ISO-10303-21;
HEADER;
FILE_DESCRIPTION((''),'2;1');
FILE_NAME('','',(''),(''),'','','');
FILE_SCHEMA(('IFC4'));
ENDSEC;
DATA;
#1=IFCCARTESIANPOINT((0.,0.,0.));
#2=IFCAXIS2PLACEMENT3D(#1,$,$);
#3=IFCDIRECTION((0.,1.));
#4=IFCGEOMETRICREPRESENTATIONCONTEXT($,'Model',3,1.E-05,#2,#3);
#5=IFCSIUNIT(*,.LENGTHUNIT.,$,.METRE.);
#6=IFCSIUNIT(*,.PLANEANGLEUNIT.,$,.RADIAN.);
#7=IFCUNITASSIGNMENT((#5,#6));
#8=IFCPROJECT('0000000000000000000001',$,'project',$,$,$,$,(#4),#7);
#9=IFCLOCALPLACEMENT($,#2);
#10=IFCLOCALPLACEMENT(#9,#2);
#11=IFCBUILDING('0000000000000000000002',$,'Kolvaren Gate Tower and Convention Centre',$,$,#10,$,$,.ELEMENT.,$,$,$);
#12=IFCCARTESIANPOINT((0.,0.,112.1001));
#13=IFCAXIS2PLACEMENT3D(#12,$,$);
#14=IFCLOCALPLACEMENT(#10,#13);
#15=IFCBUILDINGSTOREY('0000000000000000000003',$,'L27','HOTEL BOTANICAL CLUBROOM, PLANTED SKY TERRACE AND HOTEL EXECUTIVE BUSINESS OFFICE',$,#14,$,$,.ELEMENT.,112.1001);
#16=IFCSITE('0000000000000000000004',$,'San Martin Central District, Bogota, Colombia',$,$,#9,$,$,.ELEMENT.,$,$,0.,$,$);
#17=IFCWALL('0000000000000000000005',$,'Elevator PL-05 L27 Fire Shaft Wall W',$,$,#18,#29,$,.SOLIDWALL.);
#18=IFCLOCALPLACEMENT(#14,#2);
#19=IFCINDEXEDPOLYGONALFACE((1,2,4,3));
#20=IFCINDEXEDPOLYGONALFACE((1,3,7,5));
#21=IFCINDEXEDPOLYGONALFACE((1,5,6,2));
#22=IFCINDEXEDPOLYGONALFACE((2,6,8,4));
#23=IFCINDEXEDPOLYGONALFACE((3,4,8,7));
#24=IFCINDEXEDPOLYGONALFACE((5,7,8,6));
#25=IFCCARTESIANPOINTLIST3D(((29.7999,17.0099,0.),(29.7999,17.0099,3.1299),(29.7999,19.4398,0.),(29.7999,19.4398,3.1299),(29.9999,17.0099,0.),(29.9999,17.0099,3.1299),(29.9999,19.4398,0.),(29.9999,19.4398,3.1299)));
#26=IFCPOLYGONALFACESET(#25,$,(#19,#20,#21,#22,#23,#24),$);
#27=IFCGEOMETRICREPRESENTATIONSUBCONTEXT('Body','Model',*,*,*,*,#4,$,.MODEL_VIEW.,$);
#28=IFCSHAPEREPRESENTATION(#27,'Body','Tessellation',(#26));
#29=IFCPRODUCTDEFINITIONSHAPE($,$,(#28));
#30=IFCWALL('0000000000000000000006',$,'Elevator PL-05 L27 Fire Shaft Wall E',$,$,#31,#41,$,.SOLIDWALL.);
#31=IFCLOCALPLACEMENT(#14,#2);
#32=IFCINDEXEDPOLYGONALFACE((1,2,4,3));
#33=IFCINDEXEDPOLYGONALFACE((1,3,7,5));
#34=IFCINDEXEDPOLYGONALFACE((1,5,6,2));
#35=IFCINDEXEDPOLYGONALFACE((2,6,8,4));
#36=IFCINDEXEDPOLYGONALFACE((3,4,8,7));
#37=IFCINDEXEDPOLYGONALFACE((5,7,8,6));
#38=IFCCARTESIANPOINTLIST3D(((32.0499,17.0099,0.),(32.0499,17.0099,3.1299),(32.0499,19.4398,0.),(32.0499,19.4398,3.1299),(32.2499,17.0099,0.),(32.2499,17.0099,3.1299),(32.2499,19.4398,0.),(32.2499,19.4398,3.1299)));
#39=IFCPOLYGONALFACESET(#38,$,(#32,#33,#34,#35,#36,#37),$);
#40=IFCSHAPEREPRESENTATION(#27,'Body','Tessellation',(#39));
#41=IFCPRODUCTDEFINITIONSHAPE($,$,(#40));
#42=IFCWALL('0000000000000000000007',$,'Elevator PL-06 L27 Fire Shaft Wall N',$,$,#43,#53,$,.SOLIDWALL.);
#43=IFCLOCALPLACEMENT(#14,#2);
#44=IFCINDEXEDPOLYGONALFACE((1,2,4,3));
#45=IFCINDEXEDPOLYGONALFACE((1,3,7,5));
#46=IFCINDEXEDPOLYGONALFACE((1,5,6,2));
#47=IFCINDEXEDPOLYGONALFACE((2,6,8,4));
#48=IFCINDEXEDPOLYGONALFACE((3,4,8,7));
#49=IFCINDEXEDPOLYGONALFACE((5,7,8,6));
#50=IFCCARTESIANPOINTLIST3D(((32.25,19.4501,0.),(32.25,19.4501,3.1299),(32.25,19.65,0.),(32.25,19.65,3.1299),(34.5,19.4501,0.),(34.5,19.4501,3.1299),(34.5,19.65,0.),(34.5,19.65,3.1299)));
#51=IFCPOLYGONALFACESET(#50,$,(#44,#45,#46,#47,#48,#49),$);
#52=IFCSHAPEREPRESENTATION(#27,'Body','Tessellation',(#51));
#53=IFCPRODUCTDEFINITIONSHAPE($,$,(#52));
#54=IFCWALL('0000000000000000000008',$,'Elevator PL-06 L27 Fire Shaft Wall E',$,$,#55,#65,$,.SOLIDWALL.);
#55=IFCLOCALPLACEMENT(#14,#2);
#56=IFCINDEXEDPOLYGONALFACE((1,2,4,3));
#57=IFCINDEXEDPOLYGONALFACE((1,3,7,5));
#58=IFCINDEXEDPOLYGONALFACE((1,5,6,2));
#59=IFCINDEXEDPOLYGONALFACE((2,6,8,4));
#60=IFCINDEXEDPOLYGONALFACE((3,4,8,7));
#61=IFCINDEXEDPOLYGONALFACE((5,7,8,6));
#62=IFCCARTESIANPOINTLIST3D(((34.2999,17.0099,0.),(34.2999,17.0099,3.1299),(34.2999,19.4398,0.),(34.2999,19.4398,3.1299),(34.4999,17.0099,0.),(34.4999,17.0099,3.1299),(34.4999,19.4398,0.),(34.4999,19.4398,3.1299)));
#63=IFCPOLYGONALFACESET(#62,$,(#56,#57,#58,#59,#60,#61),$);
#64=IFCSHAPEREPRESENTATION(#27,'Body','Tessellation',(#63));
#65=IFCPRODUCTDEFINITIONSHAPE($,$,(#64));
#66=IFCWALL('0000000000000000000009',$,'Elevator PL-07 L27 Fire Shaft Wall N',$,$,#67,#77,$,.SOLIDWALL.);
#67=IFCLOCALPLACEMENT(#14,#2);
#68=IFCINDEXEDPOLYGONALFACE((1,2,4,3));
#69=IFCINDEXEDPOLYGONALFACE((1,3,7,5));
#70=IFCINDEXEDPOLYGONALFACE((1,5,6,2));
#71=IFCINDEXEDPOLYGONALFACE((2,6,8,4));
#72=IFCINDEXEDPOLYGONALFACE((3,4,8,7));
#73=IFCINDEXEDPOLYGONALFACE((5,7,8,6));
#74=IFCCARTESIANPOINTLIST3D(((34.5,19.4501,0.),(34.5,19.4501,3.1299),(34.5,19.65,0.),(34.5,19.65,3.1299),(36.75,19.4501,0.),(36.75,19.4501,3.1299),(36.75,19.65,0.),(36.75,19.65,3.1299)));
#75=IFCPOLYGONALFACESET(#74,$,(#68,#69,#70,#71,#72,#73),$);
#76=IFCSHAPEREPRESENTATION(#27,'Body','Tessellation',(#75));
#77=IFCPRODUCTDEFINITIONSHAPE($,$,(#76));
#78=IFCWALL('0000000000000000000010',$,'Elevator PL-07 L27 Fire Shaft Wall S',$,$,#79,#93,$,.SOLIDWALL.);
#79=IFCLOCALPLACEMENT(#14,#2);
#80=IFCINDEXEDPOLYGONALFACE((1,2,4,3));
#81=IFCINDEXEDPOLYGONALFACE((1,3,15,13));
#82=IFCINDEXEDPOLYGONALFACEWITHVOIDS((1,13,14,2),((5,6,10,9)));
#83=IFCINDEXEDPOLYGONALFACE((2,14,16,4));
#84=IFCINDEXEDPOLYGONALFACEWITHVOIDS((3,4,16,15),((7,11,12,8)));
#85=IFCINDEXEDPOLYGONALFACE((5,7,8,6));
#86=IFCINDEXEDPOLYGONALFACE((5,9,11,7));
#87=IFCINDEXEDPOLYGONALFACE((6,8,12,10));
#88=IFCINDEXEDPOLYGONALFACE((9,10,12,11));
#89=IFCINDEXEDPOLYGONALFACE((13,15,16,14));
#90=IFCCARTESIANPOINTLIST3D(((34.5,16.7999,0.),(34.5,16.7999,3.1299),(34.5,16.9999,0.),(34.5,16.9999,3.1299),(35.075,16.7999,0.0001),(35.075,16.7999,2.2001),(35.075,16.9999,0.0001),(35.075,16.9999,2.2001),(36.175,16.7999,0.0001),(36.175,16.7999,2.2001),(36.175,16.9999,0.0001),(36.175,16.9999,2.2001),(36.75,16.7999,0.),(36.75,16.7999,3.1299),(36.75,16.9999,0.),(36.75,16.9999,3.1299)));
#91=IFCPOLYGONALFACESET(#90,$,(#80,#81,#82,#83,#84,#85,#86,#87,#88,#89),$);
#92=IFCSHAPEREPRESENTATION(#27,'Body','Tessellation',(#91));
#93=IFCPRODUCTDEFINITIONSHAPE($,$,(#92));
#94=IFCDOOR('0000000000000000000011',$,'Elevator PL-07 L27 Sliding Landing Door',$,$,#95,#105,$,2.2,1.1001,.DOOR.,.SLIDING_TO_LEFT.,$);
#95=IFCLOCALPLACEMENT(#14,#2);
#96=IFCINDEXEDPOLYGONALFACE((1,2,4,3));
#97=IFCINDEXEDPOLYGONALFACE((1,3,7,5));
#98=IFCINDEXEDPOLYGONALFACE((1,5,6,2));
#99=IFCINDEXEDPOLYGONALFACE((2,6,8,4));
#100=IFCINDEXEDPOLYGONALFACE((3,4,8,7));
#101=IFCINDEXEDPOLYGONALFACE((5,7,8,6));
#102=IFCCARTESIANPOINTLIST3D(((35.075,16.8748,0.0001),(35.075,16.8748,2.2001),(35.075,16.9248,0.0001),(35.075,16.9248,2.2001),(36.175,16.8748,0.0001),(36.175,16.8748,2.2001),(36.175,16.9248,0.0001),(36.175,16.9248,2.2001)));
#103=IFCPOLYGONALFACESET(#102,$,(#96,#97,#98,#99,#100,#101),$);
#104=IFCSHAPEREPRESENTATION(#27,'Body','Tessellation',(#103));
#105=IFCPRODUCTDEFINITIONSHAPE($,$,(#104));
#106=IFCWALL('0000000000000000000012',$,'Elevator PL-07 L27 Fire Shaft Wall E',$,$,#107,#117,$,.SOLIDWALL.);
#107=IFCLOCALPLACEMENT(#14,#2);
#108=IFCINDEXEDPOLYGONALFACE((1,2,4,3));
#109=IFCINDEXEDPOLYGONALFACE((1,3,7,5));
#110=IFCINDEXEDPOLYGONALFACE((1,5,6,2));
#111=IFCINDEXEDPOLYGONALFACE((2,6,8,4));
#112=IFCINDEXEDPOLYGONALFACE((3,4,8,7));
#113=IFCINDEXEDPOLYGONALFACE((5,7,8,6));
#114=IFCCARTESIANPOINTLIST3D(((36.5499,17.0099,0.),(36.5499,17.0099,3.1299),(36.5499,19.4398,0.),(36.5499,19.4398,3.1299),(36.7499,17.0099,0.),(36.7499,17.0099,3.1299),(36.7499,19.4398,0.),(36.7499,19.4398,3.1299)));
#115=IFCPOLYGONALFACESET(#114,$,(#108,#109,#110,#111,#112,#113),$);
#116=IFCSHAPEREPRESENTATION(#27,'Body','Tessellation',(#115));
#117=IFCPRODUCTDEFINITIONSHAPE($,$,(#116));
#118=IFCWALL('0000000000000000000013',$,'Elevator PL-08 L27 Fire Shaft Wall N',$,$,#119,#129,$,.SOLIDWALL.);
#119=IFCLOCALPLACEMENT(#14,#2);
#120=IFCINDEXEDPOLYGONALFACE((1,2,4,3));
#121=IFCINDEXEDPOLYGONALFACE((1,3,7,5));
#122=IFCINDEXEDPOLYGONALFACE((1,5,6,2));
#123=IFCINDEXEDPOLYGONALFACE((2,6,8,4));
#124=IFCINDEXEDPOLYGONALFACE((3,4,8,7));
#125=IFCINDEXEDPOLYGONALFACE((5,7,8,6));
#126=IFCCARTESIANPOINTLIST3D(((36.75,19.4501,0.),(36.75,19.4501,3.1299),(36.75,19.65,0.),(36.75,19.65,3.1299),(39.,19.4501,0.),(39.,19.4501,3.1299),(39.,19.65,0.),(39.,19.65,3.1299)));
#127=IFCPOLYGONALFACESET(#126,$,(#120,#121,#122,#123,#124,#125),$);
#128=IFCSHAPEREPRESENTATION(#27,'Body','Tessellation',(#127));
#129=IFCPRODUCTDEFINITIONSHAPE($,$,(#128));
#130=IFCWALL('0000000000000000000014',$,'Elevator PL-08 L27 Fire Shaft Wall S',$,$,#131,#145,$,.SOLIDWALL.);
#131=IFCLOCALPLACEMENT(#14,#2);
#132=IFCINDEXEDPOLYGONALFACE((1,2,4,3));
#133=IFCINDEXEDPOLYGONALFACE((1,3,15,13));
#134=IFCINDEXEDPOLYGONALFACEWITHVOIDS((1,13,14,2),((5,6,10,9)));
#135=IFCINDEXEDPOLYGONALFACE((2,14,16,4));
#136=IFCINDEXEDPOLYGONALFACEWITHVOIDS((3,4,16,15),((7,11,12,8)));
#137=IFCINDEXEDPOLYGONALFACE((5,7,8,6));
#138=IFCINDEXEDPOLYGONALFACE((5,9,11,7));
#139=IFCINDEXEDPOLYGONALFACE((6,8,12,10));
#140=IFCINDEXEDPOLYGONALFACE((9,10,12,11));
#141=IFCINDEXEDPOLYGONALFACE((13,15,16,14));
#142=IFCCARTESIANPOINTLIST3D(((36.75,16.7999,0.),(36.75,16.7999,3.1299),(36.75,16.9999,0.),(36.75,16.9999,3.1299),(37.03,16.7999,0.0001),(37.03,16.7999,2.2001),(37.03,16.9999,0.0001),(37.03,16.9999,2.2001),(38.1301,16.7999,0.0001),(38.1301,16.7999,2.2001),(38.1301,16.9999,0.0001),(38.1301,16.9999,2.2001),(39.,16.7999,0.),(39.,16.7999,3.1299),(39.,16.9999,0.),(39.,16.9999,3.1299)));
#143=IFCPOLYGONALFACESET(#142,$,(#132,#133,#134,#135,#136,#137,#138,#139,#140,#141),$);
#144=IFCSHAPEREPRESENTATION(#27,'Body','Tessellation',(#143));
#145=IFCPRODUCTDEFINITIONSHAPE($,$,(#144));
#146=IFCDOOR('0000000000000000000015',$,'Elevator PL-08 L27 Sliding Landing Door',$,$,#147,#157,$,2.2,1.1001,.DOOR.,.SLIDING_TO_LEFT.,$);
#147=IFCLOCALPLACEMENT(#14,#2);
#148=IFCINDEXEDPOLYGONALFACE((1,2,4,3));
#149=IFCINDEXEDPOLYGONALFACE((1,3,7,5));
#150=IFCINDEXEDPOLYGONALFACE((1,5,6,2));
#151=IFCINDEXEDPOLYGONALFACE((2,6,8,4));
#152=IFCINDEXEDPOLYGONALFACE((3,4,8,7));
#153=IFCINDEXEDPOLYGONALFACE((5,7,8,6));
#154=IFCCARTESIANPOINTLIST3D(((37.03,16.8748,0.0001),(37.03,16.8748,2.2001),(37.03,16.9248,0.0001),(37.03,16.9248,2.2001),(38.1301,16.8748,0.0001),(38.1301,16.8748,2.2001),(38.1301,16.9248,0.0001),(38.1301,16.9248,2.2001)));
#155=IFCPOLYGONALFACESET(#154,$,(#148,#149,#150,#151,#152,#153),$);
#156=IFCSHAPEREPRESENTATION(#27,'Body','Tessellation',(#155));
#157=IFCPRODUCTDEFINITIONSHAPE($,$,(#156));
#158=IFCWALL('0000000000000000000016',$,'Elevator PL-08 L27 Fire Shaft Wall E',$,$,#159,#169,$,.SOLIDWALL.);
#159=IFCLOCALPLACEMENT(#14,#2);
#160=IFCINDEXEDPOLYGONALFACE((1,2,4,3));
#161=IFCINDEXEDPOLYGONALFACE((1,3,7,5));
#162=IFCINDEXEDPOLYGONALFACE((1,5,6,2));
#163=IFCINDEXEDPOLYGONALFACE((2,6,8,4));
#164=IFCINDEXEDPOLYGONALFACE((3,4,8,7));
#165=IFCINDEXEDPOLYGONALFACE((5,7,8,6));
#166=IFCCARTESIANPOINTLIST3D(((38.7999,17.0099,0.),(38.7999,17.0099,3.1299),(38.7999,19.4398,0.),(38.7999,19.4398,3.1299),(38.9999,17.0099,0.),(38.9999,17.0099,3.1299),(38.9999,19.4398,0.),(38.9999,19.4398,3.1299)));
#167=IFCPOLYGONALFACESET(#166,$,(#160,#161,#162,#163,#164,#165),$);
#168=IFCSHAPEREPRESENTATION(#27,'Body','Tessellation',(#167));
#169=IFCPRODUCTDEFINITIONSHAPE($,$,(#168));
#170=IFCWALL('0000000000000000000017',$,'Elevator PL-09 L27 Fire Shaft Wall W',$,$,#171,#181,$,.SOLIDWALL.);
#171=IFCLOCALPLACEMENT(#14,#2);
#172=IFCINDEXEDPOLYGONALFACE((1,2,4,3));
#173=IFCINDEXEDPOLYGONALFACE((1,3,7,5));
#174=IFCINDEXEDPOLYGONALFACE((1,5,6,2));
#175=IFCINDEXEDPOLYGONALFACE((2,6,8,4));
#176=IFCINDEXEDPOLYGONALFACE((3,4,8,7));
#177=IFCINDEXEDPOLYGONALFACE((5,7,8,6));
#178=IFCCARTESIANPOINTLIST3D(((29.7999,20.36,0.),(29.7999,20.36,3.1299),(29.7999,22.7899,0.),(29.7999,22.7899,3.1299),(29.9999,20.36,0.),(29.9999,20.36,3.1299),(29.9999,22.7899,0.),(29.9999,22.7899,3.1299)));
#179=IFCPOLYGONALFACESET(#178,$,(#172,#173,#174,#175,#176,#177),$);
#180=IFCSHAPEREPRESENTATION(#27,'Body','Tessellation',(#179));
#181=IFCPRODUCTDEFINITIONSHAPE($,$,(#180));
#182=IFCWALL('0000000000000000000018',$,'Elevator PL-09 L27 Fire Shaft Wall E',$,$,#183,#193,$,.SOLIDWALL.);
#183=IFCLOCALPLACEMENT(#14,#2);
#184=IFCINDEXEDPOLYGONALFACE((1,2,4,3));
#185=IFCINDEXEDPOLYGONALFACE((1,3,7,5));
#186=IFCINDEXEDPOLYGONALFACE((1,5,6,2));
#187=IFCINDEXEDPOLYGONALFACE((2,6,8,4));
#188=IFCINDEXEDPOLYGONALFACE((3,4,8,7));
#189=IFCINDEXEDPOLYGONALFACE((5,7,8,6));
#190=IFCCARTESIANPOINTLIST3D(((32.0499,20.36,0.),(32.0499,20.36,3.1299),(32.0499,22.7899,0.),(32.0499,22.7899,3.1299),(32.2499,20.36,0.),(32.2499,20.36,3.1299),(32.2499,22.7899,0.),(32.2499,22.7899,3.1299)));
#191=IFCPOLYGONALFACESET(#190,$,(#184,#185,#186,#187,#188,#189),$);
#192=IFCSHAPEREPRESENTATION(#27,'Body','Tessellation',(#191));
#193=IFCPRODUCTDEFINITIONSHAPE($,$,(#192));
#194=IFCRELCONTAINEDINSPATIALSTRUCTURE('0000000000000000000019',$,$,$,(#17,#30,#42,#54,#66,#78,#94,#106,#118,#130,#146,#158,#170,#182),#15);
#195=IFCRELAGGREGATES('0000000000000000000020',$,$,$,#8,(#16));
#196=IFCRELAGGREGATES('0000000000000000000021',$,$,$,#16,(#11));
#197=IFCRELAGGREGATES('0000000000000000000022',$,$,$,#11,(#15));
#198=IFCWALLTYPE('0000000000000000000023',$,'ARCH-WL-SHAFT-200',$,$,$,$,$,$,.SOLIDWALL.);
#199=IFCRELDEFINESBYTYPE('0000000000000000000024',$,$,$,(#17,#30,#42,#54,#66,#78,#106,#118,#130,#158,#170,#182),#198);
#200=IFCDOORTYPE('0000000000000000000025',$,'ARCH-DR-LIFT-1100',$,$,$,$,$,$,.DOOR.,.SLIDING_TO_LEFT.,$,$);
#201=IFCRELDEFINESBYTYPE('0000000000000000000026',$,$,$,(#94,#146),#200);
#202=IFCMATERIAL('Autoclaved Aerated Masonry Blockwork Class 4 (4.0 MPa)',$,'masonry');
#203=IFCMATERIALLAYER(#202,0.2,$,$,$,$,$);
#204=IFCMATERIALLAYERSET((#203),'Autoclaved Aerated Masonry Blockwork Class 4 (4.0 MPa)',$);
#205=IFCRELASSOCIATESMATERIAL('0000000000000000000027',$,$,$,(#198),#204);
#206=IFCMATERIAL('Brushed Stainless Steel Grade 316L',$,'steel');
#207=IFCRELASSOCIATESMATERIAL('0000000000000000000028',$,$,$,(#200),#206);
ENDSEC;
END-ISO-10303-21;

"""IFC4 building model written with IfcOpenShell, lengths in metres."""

from ifc_helpers import new_model, si_unit, direction, frame, frame_2d, origin, place, context, subcontext, project, spatial, rectangle, extrude, material, layer, layer_set, type_object, element, fill, save


model = new_model("IFC4")

# Units and contexts
model_context = context("Model", 3, precision=1e-05, world=origin(), true_north=direction((0.0, 1.0)))
body_context = subcontext(model_context, "Body", "Model", "MODEL_VIEW")
ifc_project = project(units=[si_unit("LENGTHUNIT", "METRE"), si_unit("PLANEANGLEUNIT", "RADIAN")], contexts=[model_context])

# Site, building, storey
site_placement = place(None, origin())
site = spatial("IfcSite", under=ifc_project, at=site_placement, Name="San Martin Central District, Bogota, Colombia", CompositionType="ELEMENT", RefElevation=0.0)
building_placement = place(site_placement, origin())
building = spatial("IfcBuilding", under=site, at=building_placement, Name="Kolvaren Gate Tower and Convention Centre", CompositionType="ELEMENT")
storey_placement = place(building_placement, frame((0.0, 0.0, 112.1001)))
storey = spatial("IfcBuildingStorey", under=building, at=storey_placement, Name="L27", Description="HOTEL BOTANICAL CLUBROOM, PLANTED SKY TERRACE AND HOTEL EXECUTIVE BUSINESS OFFICE", CompositionType="ELEMENT", Elevation=112.1001)

# Walls
ifc_material_1 = material(Name="Autoclaved Aerated Masonry Blockwork Class 4 (4.0 MPa)", Category="masonry")
ifc_layer = layer(ifc_material_1, 0.2)
ifc_layer_set = layer_set([ifc_layer], Name="Autoclaved Aerated Masonry Blockwork Class 4 (4.0 MPa)")
wall_type = type_object("IfcWallType", Name="ARCH-WL-SHAFT-200", PredefinedType="SOLIDWALL", material=ifc_layer_set)
for number, where, z_axis, x_axis, name in (
    (1, (29.8999, 17.01, 0.0), (0.0, 0.0, 1.0), (0.0, 1.0, 0.0), "Elevator PL-05 L27 Fire Shaft Wall W"),
    (2, (32.1499, 17.01, 0.0), (0.0, 0.0, 1.0), (0.0, 1.0, 0.0), "Elevator PL-05 L27 Fire Shaft Wall E"),
):
    element("IfcWall", number, at=place(storey_placement, frame(where, z_axis=z_axis, x_axis=x_axis)), inside=storey, type_object=wall_type, Name=name, PredefinedType="SOLIDWALL", context=body_context, shape_type="SweptSolid", body=[
        extrude(rectangle(XDim=2.4299, YDim=0.2, at=frame_2d((1.2148, 0.0))), origin(), (0.0, 0.0, 1.0), 3.1299),
    ])
wall_1_placement = place(storey_placement, frame((32.25, 19.55, 0.0), z_axis=(0.0, 0.0, 1.0), x_axis=(1.0, 0.0, 0.0)))
element("IfcWall", 3, at=wall_1_placement, inside=storey, type_object=wall_type, Name="Elevator PL-06 L27 Fire Shaft Wall N", PredefinedType="SOLIDWALL", context=body_context, shape_type="SweptSolid", body=[
    extrude(rectangle(XDim=2.25, YDim=0.2, at=frame_2d((1.125, 0.0))), origin(), (0.0, 0.0, 1.0), 3.1299),
])
wall_2_placement = place(storey_placement, frame((34.3999, 17.01, 0.0), z_axis=(0.0, 0.0, 1.0), x_axis=(0.0, 1.0, 0.0)))
element("IfcWall", 4, at=wall_2_placement, inside=storey, type_object=wall_type, Name="Elevator PL-06 L27 Fire Shaft Wall E", PredefinedType="SOLIDWALL", context=body_context, shape_type="SweptSolid", body=[
    extrude(rectangle(XDim=2.4299, YDim=0.2, at=frame_2d((1.2148, 0.0))), origin(), (0.0, 0.0, 1.0), 3.1299),
])
wall_3_placement = place(storey_placement, frame((34.5, 19.55, 0.0), z_axis=(0.0, 0.0, 1.0), x_axis=(1.0, 0.0, 0.0)))
element("IfcWall", 5, at=wall_3_placement, inside=storey, type_object=wall_type, Name="Elevator PL-07 L27 Fire Shaft Wall N", PredefinedType="SOLIDWALL", context=body_context, shape_type="SweptSolid", body=[
    extrude(rectangle(XDim=2.25, YDim=0.2, at=frame_2d((1.125, 0.0))), origin(), (0.0, 0.0, 1.0), 3.1299),
])

# Wall, opening, door
wall_4_placement = place(storey_placement, frame((34.5, 16.8999, 0.0), z_axis=(0.0, 0.0, 1.0), x_axis=(1.0, 0.0, 0.0)))
wall_4 = element("IfcWall", 6, at=wall_4_placement, inside=storey, type_object=wall_type, Name="Elevator PL-07 L27 Fire Shaft Wall S", PredefinedType="SOLIDWALL", context=body_context, shape_type="SweptSolid", body=[
    extrude(rectangle(XDim=2.25, YDim=0.2, at=frame_2d((1.125, 0.0))), origin(), (0.0, 0.0, 1.0), 3.1299),
])
opening_1_placement = place(wall_4_placement, frame((0.575, 0.0, 0.0)))
opening_1 = element("IfcOpeningElement", 7, at=opening_1_placement, cuts=wall_4, PredefinedType="OPENING", context=body_context, shape_type="SweptSolid", body=[
    extrude(rectangle(XDim=1.1001, YDim=2.2, at=frame_2d((0.55, 1.1001))), frame((0.0, 0.1099, 0.0), z_axis=(0.0, -1.0, 0.0), x_axis=(1.0, 0.0, 0.0)), (0.0, 0.0, 1.0), 0.22),
])
ifc_material_2 = material(Name="Brushed Stainless Steel Grade 316L", Category="steel")
door_type = type_object("IfcDoorType", Name="ARCH-DR-LIFT-1100", OperationType="SLIDING_TO_LEFT", PredefinedType="DOOR", material=ifc_material_2)
door_1_placement = place(opening_1_placement, origin())
door_1 = element("IfcDoor", 8, at=door_1_placement, inside=storey, type_object=door_type, Name="Elevator PL-07 L27 Sliding Landing Door", OperationType="SLIDING_TO_LEFT", OverallHeight=2.2, OverallWidth=1.1001, PredefinedType="DOOR", context=body_context, shape_type="SweptSolid", body=[
    extrude(rectangle(XDim=1.1001, YDim=2.2, at=frame_2d((0.55, 1.1001))), frame((0.0, 0.0249, 0.0), z_axis=(0.0, -1.0, 0.0), x_axis=(1.0, 0.0, 0.0)), (0.0, 0.0, 1.0), 0.05),
])
fill(opening_1, door_1)

# Walls
wall_5_placement = place(storey_placement, frame((36.6499, 17.01, 0.0), z_axis=(0.0, 0.0, 1.0), x_axis=(0.0, 1.0, 0.0)))
element("IfcWall", 9, at=wall_5_placement, inside=storey, type_object=wall_type, Name="Elevator PL-07 L27 Fire Shaft Wall E", PredefinedType="SOLIDWALL", context=body_context, shape_type="SweptSolid", body=[
    extrude(rectangle(XDim=2.4299, YDim=0.2, at=frame_2d((1.2148, 0.0))), origin(), (0.0, 0.0, 1.0), 3.1299),
])
wall_6_placement = place(storey_placement, frame((36.75, 19.55, 0.0), z_axis=(0.0, 0.0, 1.0), x_axis=(1.0, 0.0, 0.0)))
element("IfcWall", 10, at=wall_6_placement, inside=storey, type_object=wall_type, Name="Elevator PL-08 L27 Fire Shaft Wall N", PredefinedType="SOLIDWALL", context=body_context, shape_type="SweptSolid", body=[
    extrude(rectangle(XDim=2.25, YDim=0.2, at=frame_2d((1.125, 0.0))), origin(), (0.0, 0.0, 1.0), 3.1299),
])

# Wall, opening, door
wall_7_placement = place(storey_placement, frame((36.75, 16.8999, 0.0), z_axis=(0.0, 0.0, 1.0), x_axis=(1.0, 0.0, 0.0)))
wall_7 = element("IfcWall", 11, at=wall_7_placement, inside=storey, type_object=wall_type, Name="Elevator PL-08 L27 Fire Shaft Wall S", PredefinedType="SOLIDWALL", context=body_context, shape_type="SweptSolid", body=[
    extrude(rectangle(XDim=2.25, YDim=0.2, at=frame_2d((1.125, 0.0))), origin(), (0.0, 0.0, 1.0), 3.1299),
])
opening_2_placement = place(wall_7_placement, frame((0.28, 0.0, 0.0)))
opening_2 = element("IfcOpeningElement", 12, at=opening_2_placement, cuts=wall_7, PredefinedType="OPENING", context=body_context, shape_type="SweptSolid", body=[
    extrude(rectangle(XDim=1.1001, YDim=2.2, at=frame_2d((0.55, 1.1001))), frame((0.0, 0.1099, 0.0), z_axis=(0.0, -1.0, 0.0), x_axis=(1.0, 0.0, 0.0)), (0.0, 0.0, 1.0), 0.22),
])
door_2_placement = place(opening_2_placement, origin())
door_2 = element("IfcDoor", 13, at=door_2_placement, inside=storey, type_object=door_type, Name="Elevator PL-08 L27 Sliding Landing Door", OperationType="SLIDING_TO_LEFT", OverallHeight=2.2, OverallWidth=1.1001, PredefinedType="DOOR", context=body_context, shape_type="SweptSolid", body=[
    extrude(rectangle(XDim=1.1001, YDim=2.2, at=frame_2d((0.55, 1.1001))), frame((0.0, 0.0249, 0.0), z_axis=(0.0, -1.0, 0.0), x_axis=(1.0, 0.0, 0.0)), (0.0, 0.0, 1.0), 0.05),
])
fill(opening_2, door_2)

# Walls
for number, where, z_axis, x_axis, name in (
    (14, (38.8999, 17.01, 0.0), (0.0, 0.0, 1.0), (0.0, 1.0, 0.0), "Elevator PL-08 L27 Fire Shaft Wall E"),
    (15, (29.8999, 20.3601, 0.0), (0.0, 0.0, 1.0), (0.0, 1.0, 0.0), "Elevator PL-09 L27 Fire Shaft Wall W"),
    (16, (32.1499, 20.3601, 0.0), (0.0, 0.0, 1.0), (0.0, 1.0, 0.0), "Elevator PL-09 L27 Fire Shaft Wall E"),
):
    element("IfcWall", number, at=place(storey_placement, frame(where, z_axis=z_axis, x_axis=x_axis)), inside=storey, type_object=wall_type, Name=name, PredefinedType="SOLIDWALL", context=body_context, shape_type="SweptSolid", body=[
        extrude(rectangle(XDim=2.4299, YDim=0.2, at=frame_2d((1.2148, 0.0))), origin(), (0.0, 0.0, 1.0), 3.1299),
    ])

save(model, "model.ifc")
